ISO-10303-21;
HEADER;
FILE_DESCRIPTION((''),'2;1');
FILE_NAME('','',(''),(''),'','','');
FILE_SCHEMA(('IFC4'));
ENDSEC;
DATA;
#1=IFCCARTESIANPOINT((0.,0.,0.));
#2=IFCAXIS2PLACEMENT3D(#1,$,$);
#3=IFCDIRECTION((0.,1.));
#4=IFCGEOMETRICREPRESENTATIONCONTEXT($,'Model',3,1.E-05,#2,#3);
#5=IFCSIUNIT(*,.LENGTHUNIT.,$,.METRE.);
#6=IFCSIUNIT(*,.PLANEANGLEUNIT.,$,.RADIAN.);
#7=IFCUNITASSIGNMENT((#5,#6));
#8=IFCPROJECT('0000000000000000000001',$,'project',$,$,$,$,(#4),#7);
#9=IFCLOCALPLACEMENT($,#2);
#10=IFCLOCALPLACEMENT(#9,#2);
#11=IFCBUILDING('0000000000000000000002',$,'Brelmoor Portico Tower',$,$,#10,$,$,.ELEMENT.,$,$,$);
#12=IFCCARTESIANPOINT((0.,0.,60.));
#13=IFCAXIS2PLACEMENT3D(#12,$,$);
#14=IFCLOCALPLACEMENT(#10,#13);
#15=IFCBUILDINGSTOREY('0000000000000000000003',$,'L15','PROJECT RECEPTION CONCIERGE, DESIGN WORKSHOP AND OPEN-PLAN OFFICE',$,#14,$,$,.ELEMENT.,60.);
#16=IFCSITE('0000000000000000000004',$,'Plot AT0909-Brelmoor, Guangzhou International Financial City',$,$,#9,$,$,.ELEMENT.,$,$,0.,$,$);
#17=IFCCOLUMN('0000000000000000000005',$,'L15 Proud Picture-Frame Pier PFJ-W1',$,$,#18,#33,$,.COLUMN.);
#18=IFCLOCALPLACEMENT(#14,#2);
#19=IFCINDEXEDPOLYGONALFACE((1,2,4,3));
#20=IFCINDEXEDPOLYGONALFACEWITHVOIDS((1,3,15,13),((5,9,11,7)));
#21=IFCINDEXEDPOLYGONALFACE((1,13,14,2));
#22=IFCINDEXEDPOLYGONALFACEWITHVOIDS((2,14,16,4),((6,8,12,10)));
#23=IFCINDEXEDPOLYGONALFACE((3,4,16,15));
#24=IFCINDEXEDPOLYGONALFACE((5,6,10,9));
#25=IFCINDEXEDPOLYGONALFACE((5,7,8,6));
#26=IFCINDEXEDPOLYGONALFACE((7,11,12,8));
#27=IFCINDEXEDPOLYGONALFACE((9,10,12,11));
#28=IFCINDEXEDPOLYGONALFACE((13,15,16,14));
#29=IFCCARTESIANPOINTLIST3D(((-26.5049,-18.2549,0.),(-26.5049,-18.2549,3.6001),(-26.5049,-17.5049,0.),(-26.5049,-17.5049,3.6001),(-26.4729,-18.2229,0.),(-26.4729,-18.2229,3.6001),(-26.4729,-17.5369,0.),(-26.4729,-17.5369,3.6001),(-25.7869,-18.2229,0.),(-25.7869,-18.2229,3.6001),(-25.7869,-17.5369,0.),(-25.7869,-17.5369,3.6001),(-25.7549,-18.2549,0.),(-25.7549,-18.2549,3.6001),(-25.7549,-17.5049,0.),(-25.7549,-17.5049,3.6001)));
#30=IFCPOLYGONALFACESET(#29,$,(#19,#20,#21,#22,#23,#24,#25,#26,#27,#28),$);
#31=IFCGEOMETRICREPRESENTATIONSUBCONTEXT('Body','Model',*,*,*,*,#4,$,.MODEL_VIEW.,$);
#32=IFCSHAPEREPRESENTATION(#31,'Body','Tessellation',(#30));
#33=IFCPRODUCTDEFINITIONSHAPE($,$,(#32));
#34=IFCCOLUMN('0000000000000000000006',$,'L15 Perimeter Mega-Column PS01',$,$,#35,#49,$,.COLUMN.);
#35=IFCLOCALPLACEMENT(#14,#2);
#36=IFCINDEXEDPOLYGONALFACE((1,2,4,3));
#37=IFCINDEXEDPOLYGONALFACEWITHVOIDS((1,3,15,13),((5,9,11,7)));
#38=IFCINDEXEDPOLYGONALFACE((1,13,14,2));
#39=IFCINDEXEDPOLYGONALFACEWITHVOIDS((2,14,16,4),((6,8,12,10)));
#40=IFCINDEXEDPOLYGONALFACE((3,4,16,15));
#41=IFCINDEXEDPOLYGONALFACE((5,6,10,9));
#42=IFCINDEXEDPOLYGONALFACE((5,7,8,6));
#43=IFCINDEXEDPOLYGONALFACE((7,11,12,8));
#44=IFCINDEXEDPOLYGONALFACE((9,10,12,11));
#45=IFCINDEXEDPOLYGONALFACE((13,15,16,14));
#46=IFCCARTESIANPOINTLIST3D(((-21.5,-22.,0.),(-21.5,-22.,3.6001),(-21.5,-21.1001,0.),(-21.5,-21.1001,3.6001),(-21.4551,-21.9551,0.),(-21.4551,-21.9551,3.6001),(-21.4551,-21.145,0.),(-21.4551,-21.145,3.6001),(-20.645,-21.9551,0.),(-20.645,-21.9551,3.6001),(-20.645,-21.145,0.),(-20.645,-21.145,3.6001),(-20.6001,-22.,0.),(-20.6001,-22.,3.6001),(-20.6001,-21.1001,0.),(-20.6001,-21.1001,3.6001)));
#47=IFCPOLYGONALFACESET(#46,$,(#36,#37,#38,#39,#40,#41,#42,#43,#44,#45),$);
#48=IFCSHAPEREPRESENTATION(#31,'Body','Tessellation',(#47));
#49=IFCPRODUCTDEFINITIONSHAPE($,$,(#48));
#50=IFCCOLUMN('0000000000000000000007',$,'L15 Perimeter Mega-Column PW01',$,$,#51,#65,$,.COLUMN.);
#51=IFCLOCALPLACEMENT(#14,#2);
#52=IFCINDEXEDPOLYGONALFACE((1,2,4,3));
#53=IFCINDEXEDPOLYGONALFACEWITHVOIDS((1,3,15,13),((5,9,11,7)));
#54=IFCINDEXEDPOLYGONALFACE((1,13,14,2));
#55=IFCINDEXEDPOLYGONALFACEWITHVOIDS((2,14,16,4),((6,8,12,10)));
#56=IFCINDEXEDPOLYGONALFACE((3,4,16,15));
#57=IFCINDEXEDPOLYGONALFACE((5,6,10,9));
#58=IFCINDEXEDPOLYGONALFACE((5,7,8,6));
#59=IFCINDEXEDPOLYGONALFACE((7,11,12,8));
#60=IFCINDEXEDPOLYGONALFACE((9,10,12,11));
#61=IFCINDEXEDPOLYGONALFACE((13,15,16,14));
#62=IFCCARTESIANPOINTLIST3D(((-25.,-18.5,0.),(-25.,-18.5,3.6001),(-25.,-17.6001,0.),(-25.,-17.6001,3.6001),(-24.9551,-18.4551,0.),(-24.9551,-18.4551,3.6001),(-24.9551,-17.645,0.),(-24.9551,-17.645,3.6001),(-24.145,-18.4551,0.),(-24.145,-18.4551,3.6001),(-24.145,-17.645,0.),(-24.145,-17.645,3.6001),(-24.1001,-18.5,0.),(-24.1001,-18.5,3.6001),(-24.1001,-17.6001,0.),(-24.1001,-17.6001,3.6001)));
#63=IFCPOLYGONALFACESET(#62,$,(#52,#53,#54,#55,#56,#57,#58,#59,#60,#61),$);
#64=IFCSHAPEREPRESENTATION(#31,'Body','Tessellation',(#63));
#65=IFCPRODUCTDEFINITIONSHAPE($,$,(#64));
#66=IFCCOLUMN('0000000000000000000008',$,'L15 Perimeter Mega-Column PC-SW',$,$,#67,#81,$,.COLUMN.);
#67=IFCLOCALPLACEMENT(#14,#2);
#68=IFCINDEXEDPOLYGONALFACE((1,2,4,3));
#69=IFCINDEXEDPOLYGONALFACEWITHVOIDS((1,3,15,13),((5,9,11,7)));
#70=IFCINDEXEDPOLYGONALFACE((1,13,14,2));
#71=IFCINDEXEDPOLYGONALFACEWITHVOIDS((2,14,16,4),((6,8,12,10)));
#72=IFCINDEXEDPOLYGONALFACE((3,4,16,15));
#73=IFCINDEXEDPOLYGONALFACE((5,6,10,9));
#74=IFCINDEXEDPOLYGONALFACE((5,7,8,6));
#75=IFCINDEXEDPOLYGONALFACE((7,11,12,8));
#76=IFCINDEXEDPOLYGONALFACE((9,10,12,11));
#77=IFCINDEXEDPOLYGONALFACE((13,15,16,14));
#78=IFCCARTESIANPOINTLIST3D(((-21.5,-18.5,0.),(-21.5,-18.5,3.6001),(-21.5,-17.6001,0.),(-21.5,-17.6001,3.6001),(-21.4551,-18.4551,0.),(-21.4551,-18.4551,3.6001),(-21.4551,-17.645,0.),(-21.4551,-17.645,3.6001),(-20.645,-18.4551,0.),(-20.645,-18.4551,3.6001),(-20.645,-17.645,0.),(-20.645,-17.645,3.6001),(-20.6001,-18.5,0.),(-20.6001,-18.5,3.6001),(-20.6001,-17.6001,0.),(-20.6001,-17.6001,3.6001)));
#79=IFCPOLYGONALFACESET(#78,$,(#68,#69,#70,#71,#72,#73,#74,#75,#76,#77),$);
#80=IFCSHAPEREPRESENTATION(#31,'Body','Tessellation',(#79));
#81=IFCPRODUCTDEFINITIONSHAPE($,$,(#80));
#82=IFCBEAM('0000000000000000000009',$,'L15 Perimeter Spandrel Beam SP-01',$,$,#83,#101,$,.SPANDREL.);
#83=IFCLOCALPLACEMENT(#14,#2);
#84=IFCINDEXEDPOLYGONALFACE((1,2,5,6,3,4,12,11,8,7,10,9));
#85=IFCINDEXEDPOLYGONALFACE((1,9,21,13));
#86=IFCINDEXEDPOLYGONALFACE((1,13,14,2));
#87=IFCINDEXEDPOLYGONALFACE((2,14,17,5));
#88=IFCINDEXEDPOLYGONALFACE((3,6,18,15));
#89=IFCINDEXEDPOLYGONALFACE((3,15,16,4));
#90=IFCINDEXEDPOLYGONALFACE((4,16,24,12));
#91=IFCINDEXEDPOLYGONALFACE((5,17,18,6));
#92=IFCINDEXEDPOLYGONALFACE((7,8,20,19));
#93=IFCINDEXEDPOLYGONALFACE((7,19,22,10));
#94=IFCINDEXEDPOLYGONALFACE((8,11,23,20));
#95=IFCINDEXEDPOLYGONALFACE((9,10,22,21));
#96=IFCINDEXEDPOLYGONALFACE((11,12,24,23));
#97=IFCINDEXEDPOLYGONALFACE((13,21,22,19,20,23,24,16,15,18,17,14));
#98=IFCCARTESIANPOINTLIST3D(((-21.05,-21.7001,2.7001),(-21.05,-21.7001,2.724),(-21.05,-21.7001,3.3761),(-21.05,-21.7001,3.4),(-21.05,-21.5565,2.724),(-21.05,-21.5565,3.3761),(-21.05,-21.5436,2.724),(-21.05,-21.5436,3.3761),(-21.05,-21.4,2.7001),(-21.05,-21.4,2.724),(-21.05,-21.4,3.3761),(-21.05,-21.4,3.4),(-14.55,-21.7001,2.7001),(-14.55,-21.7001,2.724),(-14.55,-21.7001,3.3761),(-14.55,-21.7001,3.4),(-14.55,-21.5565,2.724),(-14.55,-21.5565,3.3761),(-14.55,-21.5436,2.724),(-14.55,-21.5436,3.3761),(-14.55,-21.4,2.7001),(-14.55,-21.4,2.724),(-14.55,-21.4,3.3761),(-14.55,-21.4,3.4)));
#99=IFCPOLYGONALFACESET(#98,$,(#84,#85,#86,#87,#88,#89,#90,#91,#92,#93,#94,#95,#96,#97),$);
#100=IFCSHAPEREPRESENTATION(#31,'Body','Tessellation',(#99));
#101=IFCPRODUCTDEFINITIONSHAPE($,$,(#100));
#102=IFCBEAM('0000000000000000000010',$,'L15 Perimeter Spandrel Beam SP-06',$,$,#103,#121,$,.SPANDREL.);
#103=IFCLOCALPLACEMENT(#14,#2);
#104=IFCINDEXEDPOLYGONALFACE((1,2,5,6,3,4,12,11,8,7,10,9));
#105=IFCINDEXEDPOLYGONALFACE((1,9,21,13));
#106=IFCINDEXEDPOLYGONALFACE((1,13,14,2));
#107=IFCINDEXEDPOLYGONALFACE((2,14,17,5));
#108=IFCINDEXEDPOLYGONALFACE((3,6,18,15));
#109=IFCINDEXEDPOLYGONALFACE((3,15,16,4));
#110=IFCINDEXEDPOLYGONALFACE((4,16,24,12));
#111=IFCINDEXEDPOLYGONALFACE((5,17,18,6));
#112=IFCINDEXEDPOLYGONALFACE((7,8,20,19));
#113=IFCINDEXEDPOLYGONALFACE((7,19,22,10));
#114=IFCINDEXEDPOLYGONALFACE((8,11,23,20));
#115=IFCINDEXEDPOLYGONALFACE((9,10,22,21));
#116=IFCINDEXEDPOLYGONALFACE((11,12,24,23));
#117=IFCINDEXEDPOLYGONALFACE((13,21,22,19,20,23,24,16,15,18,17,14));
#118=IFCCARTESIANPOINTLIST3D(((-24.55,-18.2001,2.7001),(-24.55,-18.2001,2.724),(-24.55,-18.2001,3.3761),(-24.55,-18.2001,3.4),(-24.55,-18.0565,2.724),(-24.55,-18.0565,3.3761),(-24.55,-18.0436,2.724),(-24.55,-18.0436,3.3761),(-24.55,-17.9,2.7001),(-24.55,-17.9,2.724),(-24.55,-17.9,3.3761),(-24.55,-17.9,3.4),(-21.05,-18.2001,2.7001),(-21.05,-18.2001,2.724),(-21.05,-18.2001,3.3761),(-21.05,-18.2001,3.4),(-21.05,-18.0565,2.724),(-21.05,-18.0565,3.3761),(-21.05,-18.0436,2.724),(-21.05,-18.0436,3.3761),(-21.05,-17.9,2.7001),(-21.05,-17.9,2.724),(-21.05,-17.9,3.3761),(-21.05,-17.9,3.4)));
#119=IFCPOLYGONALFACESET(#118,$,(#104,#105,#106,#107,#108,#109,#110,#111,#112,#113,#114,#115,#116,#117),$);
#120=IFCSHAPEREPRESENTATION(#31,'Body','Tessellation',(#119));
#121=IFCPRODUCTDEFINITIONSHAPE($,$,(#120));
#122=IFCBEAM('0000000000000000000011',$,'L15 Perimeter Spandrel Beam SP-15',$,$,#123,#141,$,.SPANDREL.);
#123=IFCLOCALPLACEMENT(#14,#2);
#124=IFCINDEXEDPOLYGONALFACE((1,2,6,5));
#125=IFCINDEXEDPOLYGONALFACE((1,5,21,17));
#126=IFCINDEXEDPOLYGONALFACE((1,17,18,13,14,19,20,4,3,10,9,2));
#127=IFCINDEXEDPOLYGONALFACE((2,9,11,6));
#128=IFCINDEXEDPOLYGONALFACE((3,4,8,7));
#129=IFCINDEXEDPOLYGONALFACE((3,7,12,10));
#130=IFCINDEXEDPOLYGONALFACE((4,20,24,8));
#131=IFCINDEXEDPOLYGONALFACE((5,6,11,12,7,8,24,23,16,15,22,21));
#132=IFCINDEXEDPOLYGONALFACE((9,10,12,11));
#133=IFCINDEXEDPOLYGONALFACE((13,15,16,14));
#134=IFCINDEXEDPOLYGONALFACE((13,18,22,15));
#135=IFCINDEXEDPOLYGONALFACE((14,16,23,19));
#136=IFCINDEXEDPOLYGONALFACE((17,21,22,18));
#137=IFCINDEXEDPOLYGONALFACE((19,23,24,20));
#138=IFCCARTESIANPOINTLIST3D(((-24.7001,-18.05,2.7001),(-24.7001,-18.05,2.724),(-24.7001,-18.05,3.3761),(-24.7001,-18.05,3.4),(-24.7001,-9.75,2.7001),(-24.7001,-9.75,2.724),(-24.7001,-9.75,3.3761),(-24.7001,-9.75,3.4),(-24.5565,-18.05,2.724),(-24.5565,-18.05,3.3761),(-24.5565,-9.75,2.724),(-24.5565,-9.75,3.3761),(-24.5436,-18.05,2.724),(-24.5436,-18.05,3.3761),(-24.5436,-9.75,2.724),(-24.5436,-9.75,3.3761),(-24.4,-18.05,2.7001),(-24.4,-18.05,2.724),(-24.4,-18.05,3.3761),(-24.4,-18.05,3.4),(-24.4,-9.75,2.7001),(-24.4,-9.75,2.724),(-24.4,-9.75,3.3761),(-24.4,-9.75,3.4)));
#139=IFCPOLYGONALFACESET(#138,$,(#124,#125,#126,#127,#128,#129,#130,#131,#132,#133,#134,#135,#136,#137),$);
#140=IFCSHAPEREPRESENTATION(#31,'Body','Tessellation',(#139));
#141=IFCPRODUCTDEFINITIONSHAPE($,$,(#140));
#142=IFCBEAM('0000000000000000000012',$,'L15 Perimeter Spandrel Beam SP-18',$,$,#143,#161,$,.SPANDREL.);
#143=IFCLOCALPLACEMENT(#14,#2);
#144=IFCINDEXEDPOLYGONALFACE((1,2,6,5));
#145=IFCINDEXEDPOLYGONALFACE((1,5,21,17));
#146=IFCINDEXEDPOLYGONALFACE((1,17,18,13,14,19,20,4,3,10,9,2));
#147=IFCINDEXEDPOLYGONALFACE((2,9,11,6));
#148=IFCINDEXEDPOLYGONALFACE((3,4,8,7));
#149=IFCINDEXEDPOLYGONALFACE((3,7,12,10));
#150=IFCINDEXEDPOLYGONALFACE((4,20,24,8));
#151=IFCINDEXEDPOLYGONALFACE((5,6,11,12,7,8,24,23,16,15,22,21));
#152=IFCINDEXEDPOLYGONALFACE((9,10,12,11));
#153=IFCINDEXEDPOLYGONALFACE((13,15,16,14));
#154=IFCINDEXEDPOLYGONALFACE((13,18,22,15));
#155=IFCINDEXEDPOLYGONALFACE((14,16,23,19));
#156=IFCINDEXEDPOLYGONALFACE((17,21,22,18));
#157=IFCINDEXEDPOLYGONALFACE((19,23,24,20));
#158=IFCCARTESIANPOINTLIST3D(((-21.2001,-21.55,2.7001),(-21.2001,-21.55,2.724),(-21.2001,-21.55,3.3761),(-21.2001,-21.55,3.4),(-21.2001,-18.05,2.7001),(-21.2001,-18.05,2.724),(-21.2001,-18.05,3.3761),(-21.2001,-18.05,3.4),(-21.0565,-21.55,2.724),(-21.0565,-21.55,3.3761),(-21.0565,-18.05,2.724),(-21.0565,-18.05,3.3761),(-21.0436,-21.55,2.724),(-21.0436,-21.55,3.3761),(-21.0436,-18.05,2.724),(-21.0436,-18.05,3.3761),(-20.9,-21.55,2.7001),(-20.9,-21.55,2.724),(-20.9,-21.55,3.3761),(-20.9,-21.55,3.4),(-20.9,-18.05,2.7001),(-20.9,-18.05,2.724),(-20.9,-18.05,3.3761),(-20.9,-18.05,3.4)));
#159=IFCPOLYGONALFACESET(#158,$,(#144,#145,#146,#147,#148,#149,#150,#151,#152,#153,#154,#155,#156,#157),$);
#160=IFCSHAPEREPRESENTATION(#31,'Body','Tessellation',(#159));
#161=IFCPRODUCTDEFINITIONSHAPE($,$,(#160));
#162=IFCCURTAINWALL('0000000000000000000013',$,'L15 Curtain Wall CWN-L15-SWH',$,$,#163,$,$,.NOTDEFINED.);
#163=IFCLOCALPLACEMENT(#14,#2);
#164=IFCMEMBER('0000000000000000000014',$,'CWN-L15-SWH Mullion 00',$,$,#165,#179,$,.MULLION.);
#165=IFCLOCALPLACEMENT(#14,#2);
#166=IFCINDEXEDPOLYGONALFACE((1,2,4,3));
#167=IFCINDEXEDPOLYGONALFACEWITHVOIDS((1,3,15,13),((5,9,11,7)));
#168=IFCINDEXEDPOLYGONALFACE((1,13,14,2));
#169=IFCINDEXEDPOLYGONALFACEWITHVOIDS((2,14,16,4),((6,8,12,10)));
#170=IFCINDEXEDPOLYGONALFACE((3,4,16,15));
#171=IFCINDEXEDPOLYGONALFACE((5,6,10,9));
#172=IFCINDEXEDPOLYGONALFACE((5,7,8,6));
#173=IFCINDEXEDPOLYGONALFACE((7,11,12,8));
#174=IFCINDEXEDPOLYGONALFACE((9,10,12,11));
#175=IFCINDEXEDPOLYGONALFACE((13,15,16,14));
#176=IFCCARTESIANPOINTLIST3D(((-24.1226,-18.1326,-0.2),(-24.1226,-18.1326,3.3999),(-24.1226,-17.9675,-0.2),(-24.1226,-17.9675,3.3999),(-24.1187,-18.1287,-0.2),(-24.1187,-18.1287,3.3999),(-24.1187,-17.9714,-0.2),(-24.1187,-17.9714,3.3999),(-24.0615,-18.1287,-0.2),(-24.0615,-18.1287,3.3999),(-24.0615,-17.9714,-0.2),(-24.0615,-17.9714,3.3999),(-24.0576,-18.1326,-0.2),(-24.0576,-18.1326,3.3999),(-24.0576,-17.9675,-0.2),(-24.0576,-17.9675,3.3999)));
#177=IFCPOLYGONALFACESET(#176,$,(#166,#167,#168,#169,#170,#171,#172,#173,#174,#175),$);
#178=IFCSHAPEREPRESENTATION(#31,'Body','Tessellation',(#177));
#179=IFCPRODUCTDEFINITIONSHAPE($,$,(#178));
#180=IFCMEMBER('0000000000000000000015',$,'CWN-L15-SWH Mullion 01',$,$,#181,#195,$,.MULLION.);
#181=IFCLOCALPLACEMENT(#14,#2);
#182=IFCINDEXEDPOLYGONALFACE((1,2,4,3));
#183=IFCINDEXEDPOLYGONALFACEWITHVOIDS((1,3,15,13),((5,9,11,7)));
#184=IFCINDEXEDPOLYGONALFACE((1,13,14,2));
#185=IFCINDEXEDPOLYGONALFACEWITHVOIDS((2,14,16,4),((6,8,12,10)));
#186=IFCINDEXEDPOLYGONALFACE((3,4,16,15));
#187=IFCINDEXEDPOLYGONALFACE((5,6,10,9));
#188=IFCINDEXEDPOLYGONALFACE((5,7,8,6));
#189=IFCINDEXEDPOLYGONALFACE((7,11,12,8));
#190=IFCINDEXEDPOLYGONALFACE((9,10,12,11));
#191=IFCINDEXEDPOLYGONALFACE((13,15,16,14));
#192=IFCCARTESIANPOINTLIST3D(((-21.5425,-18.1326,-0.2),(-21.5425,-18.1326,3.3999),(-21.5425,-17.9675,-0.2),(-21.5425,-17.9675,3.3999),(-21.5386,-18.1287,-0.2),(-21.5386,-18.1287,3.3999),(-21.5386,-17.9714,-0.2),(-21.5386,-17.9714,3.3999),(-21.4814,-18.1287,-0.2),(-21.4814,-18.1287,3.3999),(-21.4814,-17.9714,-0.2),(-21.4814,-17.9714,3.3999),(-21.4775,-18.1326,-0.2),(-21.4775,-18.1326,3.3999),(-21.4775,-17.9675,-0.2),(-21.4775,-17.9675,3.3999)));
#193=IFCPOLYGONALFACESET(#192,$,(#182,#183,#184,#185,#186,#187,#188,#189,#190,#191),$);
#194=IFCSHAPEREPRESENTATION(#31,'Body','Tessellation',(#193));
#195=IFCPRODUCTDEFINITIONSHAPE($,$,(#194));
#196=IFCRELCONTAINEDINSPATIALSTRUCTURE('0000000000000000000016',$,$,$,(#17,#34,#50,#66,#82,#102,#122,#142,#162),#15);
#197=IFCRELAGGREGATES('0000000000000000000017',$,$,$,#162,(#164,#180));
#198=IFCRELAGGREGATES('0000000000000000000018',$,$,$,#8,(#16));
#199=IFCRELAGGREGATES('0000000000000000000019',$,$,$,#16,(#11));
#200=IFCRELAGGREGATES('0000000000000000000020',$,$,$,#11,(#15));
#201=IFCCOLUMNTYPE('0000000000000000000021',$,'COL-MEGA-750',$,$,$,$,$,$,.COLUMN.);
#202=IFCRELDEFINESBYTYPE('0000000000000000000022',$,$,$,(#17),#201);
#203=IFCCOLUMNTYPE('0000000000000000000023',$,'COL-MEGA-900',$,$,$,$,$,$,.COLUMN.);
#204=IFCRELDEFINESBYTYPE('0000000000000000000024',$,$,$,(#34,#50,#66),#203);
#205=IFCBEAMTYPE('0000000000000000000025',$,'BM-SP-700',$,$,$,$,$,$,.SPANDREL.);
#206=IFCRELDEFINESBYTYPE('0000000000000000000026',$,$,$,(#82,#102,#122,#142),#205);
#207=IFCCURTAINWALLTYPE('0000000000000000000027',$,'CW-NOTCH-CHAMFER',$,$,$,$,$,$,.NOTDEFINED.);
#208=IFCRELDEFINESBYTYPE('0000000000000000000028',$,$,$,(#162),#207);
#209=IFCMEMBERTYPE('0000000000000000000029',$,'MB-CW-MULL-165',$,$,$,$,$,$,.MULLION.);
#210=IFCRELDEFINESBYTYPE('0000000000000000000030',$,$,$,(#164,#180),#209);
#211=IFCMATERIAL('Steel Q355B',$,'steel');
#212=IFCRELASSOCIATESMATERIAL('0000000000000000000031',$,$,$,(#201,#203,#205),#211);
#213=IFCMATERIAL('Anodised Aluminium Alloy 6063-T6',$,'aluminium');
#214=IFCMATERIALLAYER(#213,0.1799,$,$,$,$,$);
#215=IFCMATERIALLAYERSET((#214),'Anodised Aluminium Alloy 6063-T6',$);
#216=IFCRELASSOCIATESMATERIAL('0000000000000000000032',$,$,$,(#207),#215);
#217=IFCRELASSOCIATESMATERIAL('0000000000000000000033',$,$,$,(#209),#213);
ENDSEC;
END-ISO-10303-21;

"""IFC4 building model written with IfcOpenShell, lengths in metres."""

from ifc_helpers import new_model, si_unit, direction, frame, origin, origin_2d, place, context, subcontext, project, spatial, hollow_rectangle, i_section, extrude, material, layer, layer_set, material_profile, profile_set, type_object, element, aggregate, save


model = new_model("IFC4")

# Units and contexts
model_context = context("Model", 3, precision=1e-05, world=origin(), true_north=direction((0.0, 1.0)))
body_context = subcontext(model_context, "Body", "Model", "MODEL_VIEW")
ifc_project = project(units=[si_unit("LENGTHUNIT", "METRE"), si_unit("PLANEANGLEUNIT", "RADIAN")], contexts=[model_context])

# Site, building, storey
site_placement = place(None, origin())
site = spatial("IfcSite", under=ifc_project, at=site_placement, Name="Plot AT0909-Brelmoor, Guangzhou International Financial City", CompositionType="ELEMENT", RefElevation=0.0)
building_placement = place(site_placement, origin())
building = spatial("IfcBuilding", under=site, at=building_placement, Name="Brelmoor Portico Tower", CompositionType="ELEMENT")
storey_placement = place(building_placement, frame((0.0, 0.0, 60.0)))
storey = spatial("IfcBuildingStorey", under=building, at=storey_placement, Name="L15", Description="PROJECT RECEPTION CONCIERGE, DESIGN WORKSHOP AND OPEN-PLAN OFFICE", CompositionType="ELEMENT", Elevation=60.0)

# Columns
ifc_material_1 = material(Name="Steel Q355B", Category="steel")
ifc_material_profile_1 = material_profile(ifc_material_1, hollow_rectangle(XDim=0.75, YDim=0.75, WallThickness=0.032, at=origin_2d()), Name="BOX 750x750x32")
ifc_profile_set_1 = profile_set([ifc_material_profile_1], Name="Steel Q355B")
column_type_1 = type_object("IfcColumnType", Name="COL-MEGA-750", PredefinedType="COLUMN", material=ifc_profile_set_1)
column_placement = place(storey_placement, frame((-26.1299, -17.8799, 0.0), z_axis=(0.0, 0.0, 1.0), x_axis=(0.0, 1.0, 0.0)))
element("IfcColumn", 1, at=column_placement, inside=storey, type_object=column_type_1, Name="L15 Proud Picture-Frame Pier PFJ-W1", PredefinedType="COLUMN", context=body_context, shape_type="SweptSolid", body=[
    extrude(hollow_rectangle(XDim=0.75, YDim=0.75, WallThickness=0.032, at=origin_2d()), origin(), (0.0, 0.0, 1.0), 3.6001),
])
ifc_material_profile_2 = material_profile(ifc_material_1, hollow_rectangle(XDim=0.8999, YDim=0.8999, WallThickness=0.0449, at=origin_2d()), Name="BOX 900x900x45")
ifc_profile_set_2 = profile_set([ifc_material_profile_2], Name="Steel Q355B")
column_type_2 = type_object("IfcColumnType", Name="COL-MEGA-900", PredefinedType="COLUMN", material=ifc_profile_set_2)
for number, where, z_axis, x_axis, name in (
    (2, (-21.05, -21.55, 0.0), (0.0, 0.0, 1.0), (1.0, 0.0, 0.0), "L15 Perimeter Mega-Column PS01"),
    (3, (-24.55, -18.05, 0.0), (0.0, 0.0, 1.0), (0.0, 1.0, 0.0), "L15 Perimeter Mega-Column PW01"),
    (4, (-21.05, -18.05, 0.0), (0.0, 0.0, 1.0), (1.0, 0.0, 0.0), "L15 Perimeter Mega-Column PC-SW"),
):
    element("IfcColumn", number, at=place(storey_placement, frame(where, z_axis=z_axis, x_axis=x_axis)), inside=storey, type_object=column_type_2, Name=name, PredefinedType="COLUMN", context=body_context, shape_type="SweptSolid", body=[
        extrude(hollow_rectangle(XDim=0.8999, YDim=0.8999, WallThickness=0.0449, at=origin_2d()), origin(), (0.0, 0.0, 1.0), 3.6001),
    ])

# Beams
ifc_material_profile_3 = material_profile(ifc_material_1, i_section(OverallWidth=0.3, OverallDepth=0.7, WebThickness=0.0129, FlangeThickness=0.0239, at=origin_2d()), Name="HN 700x300x13x24")
ifc_profile_set_3 = profile_set([ifc_material_profile_3], Name="Steel Q355B")
beam_type = type_object("IfcBeamType", Name="BM-SP-700", PredefinedType="SPANDREL", material=ifc_profile_set_3)
beam_1_placement = place(storey_placement, frame((-21.05, -21.55, 3.05), z_axis=(1.0, 0.0, 0.0), x_axis=(0.0, 1.0, 0.0)))
element("IfcBeam", 5, at=beam_1_placement, inside=storey, type_object=beam_type, Name="L15 Perimeter Spandrel Beam SP-01", PredefinedType="SPANDREL", context=body_context, shape_type="SweptSolid", body=[
    extrude(i_section(OverallWidth=0.3, OverallDepth=0.7, WebThickness=0.0129, FlangeThickness=0.0239, at=origin_2d()), origin(), (0.0, 0.0, 1.0), 6.5),
])
beam_2_placement = place(storey_placement, frame((-24.55, -18.05, 3.05), z_axis=(1.0, 0.0, 0.0), x_axis=(0.0, 1.0, 0.0)))
element("IfcBeam", 6, at=beam_2_placement, inside=storey, type_object=beam_type, Name="L15 Perimeter Spandrel Beam SP-06", PredefinedType="SPANDREL", context=body_context, shape_type="SweptSolid", body=[
    extrude(i_section(OverallWidth=0.3, OverallDepth=0.7, WebThickness=0.0129, FlangeThickness=0.0239, at=origin_2d()), origin(), (0.0, 0.0, 1.0), 3.5),
])
beam_3_placement = place(storey_placement, frame((-24.55, -18.05, 3.05), z_axis=(0.0, 1.0, 0.0), x_axis=(-1.0, 0.0, 0.0)))
element("IfcBeam", 7, at=beam_3_placement, inside=storey, type_object=beam_type, Name="L15 Perimeter Spandrel Beam SP-15", PredefinedType="SPANDREL", context=body_context, shape_type="SweptSolid", body=[
    extrude(i_section(OverallWidth=0.3, OverallDepth=0.7, WebThickness=0.0129, FlangeThickness=0.0239, at=origin_2d()), origin(), (0.0, 0.0, 1.0), 8.3),
])
beam_4_placement = place(storey_placement, frame((-21.05, -21.55, 3.05), z_axis=(0.0, 1.0, 0.0), x_axis=(-1.0, 0.0, 0.0)))
element("IfcBeam", 8, at=beam_4_placement, inside=storey, type_object=beam_type, Name="L15 Perimeter Spandrel Beam SP-18", PredefinedType="SPANDREL", context=body_context, shape_type="SweptSolid", body=[
    extrude(i_section(OverallWidth=0.3, OverallDepth=0.7, WebThickness=0.0129, FlangeThickness=0.0239, at=origin_2d()), origin(), (0.0, 0.0, 1.0), 3.5),
])

# Curtain wall, members
ifc_material_2 = material(Name="Anodised Aluminium Alloy 6063-T6", Category="aluminium")
ifc_layer_1 = layer(ifc_material_2, 0.1799)
ifc_layer_set_1 = layer_set([ifc_layer_1], Name="Anodised Aluminium Alloy 6063-T6")
curtain_wall_type = type_object("IfcCurtainWallType", Name="CW-NOTCH-CHAMFER", PredefinedType="NOTDEFINED", material=ifc_layer_set_1)
curtain_wall_1_placement = place(storey_placement, origin())
curtain_wall_1 = element("IfcCurtainWall", 9, at=curtain_wall_1_placement, inside=storey, type_object=curtain_wall_type, Name="L15 Curtain Wall CWN-L15-SWH", PredefinedType="NOTDEFINED")
ifc_material_profile_4 = material_profile(ifc_material_2, hollow_rectangle(XDim=0.0649, YDim=0.165, WallThickness=0.0039, at=origin_2d()), Name="ALU MULLION 65x165")
ifc_profile_set_4 = profile_set([ifc_material_profile_4], Name="Anodised Aluminium Alloy 6063-T6")
member_type_1 = type_object("IfcMemberType", Name="MB-CW-MULL-165", PredefinedType="MULLION", material=ifc_profile_set_4)
member_1_placement = place(storey_placement, frame((-24.0901, -18.05, -0.2), z_axis=(0.0, 0.0, 1.0), x_axis=(1.0, 0.0, 0.0)))
member_1 = element("IfcMember", 10, at=member_1_placement, type_object=member_type_1, Name="CWN-L15-SWH Mullion 00", PredefinedType="MULLION", context=body_context, shape_type="SweptSolid", body=[
    extrude(hollow_rectangle(XDim=0.0649, YDim=0.165, WallThickness=0.0039, at=origin_2d()), origin(), (0.0, 0.0, 1.0), 3.5999),
])
member_2_placement = place(storey_placement, frame((-21.51, -18.05, -0.2), z_axis=(0.0, 0.0, 1.0), x_axis=(1.0, 0.0, 0.0)))
member_2 = element("IfcMember", 11, at=member_2_placement, type_object=member_type_1, Name="CWN-L15-SWH Mullion 01", PredefinedType="MULLION", context=body_context, shape_type="SweptSolid", body=[
    extrude(hollow_rectangle(XDim=0.0649, YDim=0.165, WallThickness=0.0039, at=origin_2d()), origin(), (0.0, 0.0, 1.0), 3.5999),
])

aggregate(curtain_wall_1, [member_1, member_2])

save(model, "model.ifc")
